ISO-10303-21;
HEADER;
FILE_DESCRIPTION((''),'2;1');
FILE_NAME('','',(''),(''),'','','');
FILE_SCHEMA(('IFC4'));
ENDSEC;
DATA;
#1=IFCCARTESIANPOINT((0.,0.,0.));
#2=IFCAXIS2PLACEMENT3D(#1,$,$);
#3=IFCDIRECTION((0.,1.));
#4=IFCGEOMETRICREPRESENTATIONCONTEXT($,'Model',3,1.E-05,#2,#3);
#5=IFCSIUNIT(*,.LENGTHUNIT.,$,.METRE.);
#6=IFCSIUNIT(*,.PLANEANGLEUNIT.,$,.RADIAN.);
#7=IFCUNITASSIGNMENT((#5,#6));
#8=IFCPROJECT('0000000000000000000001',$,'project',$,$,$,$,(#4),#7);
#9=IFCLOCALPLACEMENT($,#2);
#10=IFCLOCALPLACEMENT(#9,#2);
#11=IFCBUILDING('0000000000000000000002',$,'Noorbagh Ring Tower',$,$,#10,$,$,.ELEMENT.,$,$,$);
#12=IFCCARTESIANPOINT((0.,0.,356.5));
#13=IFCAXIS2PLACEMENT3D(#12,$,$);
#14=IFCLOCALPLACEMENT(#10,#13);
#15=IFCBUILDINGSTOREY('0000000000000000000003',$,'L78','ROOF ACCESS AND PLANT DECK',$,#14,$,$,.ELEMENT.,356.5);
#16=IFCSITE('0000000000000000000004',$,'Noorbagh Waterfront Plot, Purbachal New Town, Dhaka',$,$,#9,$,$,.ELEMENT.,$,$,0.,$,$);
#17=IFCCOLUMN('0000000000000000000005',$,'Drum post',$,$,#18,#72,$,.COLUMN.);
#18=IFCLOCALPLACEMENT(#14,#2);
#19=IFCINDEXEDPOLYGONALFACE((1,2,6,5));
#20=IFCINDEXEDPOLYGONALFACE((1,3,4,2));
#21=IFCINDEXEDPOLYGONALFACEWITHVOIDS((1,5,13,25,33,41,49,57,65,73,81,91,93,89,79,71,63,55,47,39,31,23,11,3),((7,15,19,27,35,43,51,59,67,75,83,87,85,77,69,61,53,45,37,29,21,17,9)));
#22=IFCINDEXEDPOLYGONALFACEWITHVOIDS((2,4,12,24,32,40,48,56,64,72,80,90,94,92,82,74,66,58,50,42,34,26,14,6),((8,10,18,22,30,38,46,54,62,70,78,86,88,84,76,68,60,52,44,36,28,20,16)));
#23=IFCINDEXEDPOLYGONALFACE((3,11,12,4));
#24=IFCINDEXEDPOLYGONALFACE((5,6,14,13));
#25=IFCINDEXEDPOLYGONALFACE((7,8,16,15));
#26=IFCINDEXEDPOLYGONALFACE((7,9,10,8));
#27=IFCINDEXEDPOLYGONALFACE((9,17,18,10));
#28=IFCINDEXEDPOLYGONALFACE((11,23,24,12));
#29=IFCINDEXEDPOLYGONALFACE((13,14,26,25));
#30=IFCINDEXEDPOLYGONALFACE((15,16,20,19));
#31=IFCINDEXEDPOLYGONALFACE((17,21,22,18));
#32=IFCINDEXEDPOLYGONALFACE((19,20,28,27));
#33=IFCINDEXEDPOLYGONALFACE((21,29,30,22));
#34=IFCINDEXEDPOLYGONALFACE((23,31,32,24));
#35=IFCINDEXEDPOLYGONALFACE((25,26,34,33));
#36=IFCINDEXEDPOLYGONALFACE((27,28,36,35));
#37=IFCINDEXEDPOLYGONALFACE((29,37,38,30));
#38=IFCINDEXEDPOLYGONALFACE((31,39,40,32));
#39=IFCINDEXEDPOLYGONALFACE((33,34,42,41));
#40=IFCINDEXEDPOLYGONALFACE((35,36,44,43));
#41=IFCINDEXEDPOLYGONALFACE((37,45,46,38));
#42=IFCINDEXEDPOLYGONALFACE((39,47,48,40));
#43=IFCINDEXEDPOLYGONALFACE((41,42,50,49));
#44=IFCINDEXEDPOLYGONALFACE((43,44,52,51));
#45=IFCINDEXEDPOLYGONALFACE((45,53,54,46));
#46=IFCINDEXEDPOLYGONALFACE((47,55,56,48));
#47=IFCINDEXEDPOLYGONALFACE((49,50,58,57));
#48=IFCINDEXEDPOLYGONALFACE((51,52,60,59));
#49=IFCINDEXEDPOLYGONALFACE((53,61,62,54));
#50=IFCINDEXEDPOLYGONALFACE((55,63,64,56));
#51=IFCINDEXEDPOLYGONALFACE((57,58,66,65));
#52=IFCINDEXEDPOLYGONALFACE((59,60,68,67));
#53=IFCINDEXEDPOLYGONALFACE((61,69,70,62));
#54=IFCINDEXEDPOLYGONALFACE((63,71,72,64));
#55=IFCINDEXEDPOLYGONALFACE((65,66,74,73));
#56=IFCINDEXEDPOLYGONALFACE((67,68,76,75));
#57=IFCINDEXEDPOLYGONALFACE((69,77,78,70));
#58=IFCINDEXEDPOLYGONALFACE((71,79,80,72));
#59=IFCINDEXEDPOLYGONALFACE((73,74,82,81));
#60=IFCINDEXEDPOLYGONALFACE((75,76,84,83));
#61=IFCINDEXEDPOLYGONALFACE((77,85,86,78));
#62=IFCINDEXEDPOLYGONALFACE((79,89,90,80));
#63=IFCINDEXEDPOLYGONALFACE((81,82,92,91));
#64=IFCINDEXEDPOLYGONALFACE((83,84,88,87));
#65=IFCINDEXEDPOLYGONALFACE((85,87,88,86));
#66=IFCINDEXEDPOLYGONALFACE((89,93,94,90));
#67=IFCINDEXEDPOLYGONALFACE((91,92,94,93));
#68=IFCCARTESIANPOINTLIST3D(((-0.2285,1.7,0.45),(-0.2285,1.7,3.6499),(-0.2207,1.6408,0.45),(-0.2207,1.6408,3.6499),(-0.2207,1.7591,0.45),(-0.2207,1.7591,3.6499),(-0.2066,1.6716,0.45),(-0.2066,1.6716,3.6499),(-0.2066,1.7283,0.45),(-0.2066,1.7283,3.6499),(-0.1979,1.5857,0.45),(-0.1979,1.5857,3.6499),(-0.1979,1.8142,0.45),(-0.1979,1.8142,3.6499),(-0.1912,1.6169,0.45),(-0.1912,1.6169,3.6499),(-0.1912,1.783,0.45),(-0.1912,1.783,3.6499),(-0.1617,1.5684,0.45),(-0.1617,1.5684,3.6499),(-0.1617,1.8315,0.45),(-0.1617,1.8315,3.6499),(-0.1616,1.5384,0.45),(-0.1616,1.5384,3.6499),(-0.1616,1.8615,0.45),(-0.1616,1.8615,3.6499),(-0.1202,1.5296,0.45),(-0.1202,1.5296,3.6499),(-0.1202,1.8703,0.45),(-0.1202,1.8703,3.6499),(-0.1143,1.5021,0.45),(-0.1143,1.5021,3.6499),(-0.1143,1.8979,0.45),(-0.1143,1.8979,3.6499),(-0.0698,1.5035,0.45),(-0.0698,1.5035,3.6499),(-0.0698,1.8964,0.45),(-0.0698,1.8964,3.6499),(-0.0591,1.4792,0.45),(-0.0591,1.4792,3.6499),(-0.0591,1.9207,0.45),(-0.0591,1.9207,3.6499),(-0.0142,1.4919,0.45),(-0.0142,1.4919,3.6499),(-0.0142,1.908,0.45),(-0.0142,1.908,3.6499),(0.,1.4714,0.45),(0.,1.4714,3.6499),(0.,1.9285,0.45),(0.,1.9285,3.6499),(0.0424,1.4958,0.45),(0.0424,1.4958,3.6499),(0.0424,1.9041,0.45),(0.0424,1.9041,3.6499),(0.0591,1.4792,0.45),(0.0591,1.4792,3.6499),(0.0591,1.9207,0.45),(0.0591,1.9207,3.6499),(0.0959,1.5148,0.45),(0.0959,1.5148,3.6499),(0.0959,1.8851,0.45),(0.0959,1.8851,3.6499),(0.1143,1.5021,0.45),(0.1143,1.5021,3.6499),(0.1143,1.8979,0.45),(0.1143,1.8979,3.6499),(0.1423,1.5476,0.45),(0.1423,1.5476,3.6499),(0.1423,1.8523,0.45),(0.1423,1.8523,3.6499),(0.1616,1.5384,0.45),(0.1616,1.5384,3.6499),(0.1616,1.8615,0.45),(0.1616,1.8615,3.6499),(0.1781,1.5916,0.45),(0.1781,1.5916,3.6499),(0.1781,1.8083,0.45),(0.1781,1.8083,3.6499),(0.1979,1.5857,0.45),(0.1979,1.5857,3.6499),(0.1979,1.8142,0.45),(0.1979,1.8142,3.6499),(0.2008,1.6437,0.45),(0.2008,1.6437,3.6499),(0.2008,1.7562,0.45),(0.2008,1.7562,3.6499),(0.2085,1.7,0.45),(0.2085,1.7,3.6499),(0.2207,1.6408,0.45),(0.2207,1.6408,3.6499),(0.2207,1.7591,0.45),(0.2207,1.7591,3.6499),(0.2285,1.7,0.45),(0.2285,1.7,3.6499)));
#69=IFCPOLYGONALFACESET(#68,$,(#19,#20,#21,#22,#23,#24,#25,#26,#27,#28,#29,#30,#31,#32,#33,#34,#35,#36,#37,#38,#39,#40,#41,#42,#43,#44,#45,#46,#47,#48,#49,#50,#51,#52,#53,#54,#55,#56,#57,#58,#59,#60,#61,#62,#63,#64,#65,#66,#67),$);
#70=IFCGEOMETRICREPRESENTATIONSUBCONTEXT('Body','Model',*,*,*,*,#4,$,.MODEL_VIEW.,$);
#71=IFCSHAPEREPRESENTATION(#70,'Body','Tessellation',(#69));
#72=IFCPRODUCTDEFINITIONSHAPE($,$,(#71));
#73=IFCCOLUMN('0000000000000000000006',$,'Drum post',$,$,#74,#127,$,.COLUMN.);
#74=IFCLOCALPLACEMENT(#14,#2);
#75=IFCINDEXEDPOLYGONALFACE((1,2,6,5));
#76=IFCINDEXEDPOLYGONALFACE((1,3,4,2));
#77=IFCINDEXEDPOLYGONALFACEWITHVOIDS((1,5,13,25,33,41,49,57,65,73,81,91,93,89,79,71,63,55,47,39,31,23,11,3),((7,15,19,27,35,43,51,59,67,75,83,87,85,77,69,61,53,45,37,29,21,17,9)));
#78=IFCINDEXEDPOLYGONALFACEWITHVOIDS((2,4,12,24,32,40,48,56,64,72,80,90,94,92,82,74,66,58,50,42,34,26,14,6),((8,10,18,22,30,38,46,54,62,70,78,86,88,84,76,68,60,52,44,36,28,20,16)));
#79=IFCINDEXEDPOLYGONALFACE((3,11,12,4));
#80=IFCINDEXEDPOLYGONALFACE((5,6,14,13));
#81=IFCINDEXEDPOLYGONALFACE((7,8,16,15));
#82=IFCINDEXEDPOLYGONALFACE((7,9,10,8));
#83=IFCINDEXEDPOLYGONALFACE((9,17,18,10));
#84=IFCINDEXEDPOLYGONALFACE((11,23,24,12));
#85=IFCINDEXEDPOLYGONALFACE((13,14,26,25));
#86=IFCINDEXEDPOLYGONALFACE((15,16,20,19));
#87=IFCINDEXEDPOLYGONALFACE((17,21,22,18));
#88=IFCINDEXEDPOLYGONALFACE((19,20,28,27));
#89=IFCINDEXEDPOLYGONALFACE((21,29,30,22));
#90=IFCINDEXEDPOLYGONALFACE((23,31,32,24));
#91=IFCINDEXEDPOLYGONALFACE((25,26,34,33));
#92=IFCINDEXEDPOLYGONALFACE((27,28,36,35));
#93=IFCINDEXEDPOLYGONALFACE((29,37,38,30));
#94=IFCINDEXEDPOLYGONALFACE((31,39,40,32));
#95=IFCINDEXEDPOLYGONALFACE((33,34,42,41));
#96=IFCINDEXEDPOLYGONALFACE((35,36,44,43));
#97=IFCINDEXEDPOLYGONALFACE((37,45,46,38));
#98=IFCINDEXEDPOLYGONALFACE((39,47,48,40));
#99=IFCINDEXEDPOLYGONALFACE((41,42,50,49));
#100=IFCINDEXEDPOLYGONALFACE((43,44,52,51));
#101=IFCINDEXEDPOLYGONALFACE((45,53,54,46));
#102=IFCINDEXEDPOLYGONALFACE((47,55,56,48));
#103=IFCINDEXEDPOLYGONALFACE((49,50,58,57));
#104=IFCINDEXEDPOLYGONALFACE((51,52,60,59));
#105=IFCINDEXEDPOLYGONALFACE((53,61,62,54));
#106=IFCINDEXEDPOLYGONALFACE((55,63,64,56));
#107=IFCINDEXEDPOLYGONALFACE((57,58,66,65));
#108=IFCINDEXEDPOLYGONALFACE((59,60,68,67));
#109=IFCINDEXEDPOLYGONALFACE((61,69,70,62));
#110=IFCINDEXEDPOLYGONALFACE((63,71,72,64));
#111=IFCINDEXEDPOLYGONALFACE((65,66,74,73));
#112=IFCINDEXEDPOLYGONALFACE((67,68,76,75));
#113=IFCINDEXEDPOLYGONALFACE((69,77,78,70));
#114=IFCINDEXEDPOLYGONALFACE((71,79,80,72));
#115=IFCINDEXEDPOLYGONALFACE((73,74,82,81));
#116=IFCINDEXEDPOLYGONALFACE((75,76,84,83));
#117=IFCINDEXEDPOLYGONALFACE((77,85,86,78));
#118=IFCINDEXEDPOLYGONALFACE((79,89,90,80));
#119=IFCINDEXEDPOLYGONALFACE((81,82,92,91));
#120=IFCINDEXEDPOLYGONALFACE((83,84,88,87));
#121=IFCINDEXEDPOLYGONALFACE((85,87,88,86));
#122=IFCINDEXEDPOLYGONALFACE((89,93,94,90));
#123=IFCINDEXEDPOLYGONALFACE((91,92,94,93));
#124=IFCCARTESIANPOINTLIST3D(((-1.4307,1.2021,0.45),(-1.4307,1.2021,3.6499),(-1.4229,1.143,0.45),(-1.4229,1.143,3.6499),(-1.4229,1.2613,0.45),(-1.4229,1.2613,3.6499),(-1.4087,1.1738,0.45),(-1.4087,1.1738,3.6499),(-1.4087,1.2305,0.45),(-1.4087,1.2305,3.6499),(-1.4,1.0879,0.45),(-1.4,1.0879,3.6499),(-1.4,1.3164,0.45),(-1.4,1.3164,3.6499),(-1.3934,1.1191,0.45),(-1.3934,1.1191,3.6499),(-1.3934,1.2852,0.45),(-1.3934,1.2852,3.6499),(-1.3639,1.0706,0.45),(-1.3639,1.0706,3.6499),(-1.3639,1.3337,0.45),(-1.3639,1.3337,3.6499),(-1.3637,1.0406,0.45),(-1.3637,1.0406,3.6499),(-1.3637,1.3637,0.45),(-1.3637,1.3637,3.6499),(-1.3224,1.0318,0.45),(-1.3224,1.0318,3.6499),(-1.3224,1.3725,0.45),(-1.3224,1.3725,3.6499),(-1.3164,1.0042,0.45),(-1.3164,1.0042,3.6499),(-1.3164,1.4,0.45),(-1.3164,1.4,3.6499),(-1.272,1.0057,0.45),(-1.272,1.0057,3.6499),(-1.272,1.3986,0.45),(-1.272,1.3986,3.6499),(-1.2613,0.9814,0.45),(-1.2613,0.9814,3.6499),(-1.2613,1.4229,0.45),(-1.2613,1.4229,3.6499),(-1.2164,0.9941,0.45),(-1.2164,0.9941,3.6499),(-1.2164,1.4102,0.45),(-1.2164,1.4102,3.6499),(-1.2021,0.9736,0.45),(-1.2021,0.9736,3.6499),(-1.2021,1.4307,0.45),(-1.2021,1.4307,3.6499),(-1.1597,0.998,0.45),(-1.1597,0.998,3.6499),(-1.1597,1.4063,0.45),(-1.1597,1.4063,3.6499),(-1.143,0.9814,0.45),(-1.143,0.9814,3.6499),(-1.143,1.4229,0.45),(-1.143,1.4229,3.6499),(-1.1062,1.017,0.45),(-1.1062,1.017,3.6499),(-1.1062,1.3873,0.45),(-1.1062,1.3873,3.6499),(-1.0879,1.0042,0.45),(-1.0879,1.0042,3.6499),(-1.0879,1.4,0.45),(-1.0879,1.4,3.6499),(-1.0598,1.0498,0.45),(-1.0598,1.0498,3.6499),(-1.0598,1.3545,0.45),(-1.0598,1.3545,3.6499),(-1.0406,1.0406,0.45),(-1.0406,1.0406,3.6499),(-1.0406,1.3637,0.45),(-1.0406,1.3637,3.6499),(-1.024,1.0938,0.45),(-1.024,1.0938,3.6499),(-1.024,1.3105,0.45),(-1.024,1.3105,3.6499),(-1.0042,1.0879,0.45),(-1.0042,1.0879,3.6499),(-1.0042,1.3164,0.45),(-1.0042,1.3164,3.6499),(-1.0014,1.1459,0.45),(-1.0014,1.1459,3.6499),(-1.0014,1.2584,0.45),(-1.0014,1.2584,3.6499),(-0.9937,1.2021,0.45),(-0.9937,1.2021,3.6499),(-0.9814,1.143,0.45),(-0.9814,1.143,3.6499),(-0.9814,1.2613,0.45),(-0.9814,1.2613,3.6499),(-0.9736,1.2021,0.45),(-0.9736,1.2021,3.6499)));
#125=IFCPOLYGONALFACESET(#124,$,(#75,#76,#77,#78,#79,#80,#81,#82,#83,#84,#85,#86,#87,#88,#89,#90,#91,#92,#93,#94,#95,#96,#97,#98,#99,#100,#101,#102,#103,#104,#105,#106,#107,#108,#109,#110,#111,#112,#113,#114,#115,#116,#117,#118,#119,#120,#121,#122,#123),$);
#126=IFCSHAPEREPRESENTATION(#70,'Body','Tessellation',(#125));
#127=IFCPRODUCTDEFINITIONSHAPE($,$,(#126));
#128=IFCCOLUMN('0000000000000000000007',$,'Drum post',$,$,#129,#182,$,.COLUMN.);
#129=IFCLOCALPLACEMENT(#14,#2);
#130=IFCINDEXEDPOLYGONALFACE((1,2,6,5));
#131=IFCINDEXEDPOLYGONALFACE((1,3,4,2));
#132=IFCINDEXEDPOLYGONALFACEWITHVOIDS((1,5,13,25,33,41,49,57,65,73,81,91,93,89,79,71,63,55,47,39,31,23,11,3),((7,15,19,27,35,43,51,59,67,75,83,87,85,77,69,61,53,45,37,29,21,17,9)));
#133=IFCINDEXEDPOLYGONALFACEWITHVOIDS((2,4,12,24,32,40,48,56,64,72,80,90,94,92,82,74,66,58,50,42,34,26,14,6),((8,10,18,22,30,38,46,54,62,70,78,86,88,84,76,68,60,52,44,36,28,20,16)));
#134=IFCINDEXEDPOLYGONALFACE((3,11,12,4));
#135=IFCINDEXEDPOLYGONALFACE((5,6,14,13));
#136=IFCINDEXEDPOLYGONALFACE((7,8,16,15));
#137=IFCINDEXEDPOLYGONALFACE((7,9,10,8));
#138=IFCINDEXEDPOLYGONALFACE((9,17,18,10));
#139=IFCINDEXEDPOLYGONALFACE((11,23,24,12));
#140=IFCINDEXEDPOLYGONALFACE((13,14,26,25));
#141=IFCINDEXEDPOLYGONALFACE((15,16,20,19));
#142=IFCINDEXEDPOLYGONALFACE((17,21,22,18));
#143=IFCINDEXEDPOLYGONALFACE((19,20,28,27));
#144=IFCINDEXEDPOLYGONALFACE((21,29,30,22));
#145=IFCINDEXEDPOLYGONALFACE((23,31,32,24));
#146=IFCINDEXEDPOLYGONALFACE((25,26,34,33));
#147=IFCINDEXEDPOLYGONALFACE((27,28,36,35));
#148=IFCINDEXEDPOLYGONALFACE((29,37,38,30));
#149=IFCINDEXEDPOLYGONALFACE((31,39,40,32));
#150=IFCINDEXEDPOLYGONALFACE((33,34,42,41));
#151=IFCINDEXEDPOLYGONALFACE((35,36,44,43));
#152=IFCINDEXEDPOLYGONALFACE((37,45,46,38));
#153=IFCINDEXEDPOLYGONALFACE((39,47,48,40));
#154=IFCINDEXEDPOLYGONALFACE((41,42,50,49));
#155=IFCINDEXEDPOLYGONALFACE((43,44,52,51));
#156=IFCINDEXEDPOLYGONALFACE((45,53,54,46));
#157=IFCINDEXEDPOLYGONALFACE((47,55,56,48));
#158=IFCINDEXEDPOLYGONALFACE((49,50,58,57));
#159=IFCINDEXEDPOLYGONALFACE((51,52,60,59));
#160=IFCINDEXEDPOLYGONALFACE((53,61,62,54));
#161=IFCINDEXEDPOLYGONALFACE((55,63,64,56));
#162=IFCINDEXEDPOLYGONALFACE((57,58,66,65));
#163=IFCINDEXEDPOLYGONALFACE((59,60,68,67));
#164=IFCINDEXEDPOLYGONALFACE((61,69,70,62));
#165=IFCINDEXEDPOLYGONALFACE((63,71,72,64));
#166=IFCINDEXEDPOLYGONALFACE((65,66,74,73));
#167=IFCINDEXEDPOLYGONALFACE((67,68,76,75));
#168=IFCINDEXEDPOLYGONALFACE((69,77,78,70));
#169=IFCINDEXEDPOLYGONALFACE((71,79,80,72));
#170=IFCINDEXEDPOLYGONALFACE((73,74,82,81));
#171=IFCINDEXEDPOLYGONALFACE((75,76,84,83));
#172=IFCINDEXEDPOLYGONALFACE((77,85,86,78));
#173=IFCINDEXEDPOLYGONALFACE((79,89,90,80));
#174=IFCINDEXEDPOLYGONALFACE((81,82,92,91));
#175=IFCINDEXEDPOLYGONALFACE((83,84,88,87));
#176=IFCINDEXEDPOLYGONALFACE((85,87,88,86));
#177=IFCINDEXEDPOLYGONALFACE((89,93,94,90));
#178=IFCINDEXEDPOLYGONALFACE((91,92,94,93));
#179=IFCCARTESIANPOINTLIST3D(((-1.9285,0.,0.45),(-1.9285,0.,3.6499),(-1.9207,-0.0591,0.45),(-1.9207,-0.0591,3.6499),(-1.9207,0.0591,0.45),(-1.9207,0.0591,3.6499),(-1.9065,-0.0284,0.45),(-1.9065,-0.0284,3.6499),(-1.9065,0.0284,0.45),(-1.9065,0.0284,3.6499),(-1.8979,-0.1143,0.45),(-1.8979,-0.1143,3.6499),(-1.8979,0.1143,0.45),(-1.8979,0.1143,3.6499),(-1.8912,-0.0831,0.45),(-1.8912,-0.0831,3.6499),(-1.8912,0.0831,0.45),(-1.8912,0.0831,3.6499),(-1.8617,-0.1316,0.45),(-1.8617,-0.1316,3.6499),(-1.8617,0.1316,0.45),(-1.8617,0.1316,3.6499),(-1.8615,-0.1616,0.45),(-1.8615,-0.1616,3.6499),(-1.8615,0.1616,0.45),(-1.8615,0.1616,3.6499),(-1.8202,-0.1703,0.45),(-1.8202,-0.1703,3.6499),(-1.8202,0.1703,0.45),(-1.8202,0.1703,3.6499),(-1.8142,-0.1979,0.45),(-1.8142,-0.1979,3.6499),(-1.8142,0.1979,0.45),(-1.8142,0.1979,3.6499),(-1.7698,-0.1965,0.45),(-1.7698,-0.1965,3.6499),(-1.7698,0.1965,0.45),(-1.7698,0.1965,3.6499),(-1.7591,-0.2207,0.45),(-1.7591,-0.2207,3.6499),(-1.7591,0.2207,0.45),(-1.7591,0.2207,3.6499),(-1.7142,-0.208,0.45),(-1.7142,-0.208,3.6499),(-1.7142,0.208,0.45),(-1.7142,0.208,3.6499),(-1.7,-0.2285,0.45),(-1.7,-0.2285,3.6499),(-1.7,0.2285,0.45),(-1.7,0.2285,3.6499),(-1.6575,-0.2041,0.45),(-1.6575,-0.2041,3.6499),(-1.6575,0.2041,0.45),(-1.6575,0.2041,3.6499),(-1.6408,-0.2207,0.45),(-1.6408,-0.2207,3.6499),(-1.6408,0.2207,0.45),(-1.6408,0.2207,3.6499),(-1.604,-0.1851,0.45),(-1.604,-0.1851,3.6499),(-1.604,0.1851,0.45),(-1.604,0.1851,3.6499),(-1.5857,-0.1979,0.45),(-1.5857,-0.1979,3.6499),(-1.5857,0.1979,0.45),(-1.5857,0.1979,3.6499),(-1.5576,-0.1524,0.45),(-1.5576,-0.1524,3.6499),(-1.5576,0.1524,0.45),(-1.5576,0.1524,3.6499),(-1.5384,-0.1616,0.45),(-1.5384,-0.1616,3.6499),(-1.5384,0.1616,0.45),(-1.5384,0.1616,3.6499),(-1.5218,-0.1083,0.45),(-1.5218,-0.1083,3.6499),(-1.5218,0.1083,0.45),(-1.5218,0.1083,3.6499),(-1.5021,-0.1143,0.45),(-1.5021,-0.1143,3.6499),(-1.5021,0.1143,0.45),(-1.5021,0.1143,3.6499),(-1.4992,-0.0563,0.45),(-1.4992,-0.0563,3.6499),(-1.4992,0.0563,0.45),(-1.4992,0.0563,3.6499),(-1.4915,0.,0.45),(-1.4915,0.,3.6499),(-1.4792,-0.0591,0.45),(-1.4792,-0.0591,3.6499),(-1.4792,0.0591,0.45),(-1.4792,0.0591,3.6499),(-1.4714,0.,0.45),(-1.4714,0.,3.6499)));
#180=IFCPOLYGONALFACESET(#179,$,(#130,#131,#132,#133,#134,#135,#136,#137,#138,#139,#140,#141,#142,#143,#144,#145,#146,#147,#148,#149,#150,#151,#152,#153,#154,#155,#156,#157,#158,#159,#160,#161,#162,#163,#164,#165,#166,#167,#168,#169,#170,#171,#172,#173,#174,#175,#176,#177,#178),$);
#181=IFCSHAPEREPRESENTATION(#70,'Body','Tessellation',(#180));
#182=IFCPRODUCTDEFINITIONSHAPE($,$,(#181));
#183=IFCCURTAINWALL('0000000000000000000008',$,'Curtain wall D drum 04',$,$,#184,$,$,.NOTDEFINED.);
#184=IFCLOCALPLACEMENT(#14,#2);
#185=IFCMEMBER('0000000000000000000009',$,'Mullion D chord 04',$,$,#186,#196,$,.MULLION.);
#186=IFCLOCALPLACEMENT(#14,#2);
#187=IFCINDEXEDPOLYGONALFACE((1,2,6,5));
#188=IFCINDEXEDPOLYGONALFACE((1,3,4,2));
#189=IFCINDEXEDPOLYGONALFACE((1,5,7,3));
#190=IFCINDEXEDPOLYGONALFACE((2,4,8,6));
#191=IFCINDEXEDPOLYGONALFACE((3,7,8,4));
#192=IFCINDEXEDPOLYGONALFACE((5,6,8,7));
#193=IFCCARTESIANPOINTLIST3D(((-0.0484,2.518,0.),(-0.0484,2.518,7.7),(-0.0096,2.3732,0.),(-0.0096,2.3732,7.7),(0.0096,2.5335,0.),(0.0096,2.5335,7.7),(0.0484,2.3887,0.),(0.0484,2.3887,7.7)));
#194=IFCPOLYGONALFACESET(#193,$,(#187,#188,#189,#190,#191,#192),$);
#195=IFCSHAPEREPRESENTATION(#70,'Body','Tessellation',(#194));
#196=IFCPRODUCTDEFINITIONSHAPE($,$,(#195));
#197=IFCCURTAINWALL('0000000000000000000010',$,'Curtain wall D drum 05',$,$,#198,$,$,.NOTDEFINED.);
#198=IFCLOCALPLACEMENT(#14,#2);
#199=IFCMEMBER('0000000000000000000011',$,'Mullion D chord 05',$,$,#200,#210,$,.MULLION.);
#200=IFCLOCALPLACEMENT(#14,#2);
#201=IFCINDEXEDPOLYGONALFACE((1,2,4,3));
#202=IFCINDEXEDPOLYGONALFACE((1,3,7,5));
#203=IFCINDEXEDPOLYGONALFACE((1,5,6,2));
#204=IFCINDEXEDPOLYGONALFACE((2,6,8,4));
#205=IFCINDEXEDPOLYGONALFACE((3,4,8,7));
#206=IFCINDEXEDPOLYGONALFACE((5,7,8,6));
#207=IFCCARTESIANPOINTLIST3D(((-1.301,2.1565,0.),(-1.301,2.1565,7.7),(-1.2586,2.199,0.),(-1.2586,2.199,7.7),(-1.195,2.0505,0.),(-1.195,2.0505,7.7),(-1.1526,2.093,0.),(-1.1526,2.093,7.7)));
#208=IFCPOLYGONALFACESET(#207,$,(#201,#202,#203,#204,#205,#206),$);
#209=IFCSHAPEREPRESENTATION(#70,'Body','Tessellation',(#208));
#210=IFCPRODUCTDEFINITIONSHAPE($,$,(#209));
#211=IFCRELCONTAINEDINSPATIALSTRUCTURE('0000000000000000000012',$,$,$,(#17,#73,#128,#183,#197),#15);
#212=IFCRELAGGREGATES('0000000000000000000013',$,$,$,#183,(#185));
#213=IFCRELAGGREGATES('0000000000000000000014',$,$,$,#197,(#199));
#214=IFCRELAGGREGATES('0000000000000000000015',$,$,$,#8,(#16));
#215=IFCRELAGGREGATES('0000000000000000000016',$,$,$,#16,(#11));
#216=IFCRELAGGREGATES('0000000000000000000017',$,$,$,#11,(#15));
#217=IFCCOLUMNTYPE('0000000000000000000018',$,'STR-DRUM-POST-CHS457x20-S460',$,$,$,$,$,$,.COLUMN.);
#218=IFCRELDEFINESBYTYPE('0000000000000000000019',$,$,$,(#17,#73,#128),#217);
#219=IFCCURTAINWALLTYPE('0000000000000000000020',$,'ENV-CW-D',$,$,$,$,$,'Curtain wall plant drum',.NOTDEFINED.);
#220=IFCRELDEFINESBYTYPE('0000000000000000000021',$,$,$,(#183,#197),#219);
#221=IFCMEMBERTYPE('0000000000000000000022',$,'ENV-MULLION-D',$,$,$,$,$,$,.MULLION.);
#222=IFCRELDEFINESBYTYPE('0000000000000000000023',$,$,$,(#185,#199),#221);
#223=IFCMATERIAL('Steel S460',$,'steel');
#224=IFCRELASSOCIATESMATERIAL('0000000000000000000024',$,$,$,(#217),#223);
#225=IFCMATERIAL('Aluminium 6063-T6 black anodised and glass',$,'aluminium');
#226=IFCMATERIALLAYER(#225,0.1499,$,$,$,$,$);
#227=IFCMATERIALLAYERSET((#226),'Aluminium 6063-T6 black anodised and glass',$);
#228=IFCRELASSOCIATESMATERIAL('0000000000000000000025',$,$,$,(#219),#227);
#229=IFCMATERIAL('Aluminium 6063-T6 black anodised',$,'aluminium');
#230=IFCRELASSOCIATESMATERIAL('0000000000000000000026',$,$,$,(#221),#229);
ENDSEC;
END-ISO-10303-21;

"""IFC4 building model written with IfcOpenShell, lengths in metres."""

from ifc_helpers import new_model, si_unit, direction, frame, origin, origin_2d, place, context, subcontext, project, spatial, rectangle, hollow_circle, extrude, material, layer, layer_set, material_profile, profile_set, type_object, element, aggregate, save


model = new_model("IFC4")

# Units and contexts
model_context = context("Model", 3, precision=1e-05, world=origin(), true_north=direction((0.0, 1.0)))
body_context = subcontext(model_context, "Body", "Model", "MODEL_VIEW")
ifc_project = project(units=[si_unit("LENGTHUNIT", "METRE"), si_unit("PLANEANGLEUNIT", "RADIAN")], contexts=[model_context])

# Site, building, storey
site_placement = place(None, origin())
site = spatial("IfcSite", under=ifc_project, at=site_placement, Name="Noorbagh Waterfront Plot, Purbachal New Town, Dhaka", CompositionType="ELEMENT", RefElevation=0.0)
building_placement = place(site_placement, origin())
building = spatial("IfcBuilding", under=site, at=building_placement, Name="Noorbagh Ring Tower", CompositionType="ELEMENT")
storey_placement = place(building_placement, frame((0.0, 0.0, 356.5)))
storey = spatial("IfcBuildingStorey", under=building, at=storey_placement, Name="L78", Description="ROOF ACCESS AND PLANT DECK", CompositionType="ELEMENT", Elevation=356.5)

# Columns
ifc_material_1 = material(Name="Steel S460", Category="steel")
ifc_material_profile_1 = material_profile(ifc_material_1, hollow_circle(Radius=0.2285, WallThickness=0.02, at=origin_2d()), Name="CHS457x20")
ifc_profile_set_1 = profile_set([ifc_material_profile_1], Name="Steel S460")
column_type = type_object("IfcColumnType", Name="STR-DRUM-POST-CHS457x20-S460", PredefinedType="COLUMN", material=ifc_profile_set_1)
for number, where, z_axis, x_axis, name in (
    (1, (0.0, 1.7, 0.45), (0.0, 0.0, 1.0), (1.0, 0.0, 0.0), "Drum post"),
    (2, (-1.2021, 1.2021, 0.45), (0.0, 0.0, 1.0), (1.0, 0.0, 0.0), "Drum post"),
    (3, (-1.7, 0.0, 0.45), (0.0, 0.0, 1.0), (1.0, 0.0, 0.0), "Drum post"),
):
    element("IfcColumn", number, at=place(storey_placement, frame(where, z_axis=z_axis, x_axis=x_axis)), inside=storey, type_object=column_type, Name=name, PredefinedType="COLUMN", context=body_context, shape_type="SweptSolid", body=[
        extrude(hollow_circle(Radius=0.2285, WallThickness=0.02, at=origin_2d()), origin(), (0.0, 0.0, 1.0), 3.2),
    ])

# Curtain walls, members
ifc_material_2 = material(Name="Aluminium 6063-T6 black anodised and glass", Category="aluminium")
ifc_layer_1 = layer(ifc_material_2, 0.1499)
ifc_layer_set_1 = layer_set([ifc_layer_1], Name="Aluminium 6063-T6 black anodised and glass")
curtain_wall_type = type_object("IfcCurtainWallType", Name="ENV-CW-D", ElementType="Curtain wall plant drum", PredefinedType="NOTDEFINED", material=ifc_layer_set_1)
curtain_wall_1_placement = place(storey_placement, origin())
curtain_wall_1 = element("IfcCurtainWall", 4, at=curtain_wall_1_placement, inside=storey, type_object=curtain_wall_type, Name="Curtain wall D drum 04", PredefinedType="NOTDEFINED")
ifc_material_3 = material(Name="Aluminium 6063-T6 black anodised", Category="aluminium")
ifc_material_profile_2 = material_profile(ifc_material_3, rectangle(XDim=0.1499, YDim=0.0601, at=origin_2d()), Name="150x60")
ifc_profile_set_2 = profile_set([ifc_material_profile_2], Name="Aluminium 6063-T6 black anodised")
member_type_1 = type_object("IfcMemberType", Name="ENV-MULLION-D", PredefinedType="MULLION", material=ifc_profile_set_2)
member_1_placement = place(storey_placement, frame((0.0, 2.4534, 0.0), z_axis=(0.0, 0.0, 1.0), x_axis=(0.258819, -0.965926, 0.0)))
member_1 = element("IfcMember", 5, at=member_1_placement, type_object=member_type_1, Name="Mullion D chord 04", PredefinedType="MULLION", context=body_context, shape_type="SweptSolid", body=[
    extrude(rectangle(XDim=0.1499, YDim=0.0601, at=origin_2d()), origin(), (0.0, 0.0, 1.0), 7.7),
])
curtain_wall_2_placement = place(storey_placement, origin())
curtain_wall_2 = element("IfcCurtainWall", 6, at=curtain_wall_2_placement, inside=storey, type_object=curtain_wall_type, Name="Curtain wall D drum 05", PredefinedType="NOTDEFINED")
member_2_placement = place(storey_placement, frame((-1.2268, 2.1248, 0.0), z_axis=(0.0, 0.0, 1.0), x_axis=(0.707107, -0.707107, 0.0)))
member_2 = element("IfcMember", 7, at=member_2_placement, type_object=member_type_1, Name="Mullion D chord 05", PredefinedType="MULLION", context=body_context, shape_type="SweptSolid", body=[
    extrude(rectangle(XDim=0.1499, YDim=0.0601, at=origin_2d()), origin(), (0.0, 0.0, 1.0), 7.7),
])

aggregate(curtain_wall_1, [member_1])
aggregate(curtain_wall_2, [member_2])

save(model, "model.ifc")
